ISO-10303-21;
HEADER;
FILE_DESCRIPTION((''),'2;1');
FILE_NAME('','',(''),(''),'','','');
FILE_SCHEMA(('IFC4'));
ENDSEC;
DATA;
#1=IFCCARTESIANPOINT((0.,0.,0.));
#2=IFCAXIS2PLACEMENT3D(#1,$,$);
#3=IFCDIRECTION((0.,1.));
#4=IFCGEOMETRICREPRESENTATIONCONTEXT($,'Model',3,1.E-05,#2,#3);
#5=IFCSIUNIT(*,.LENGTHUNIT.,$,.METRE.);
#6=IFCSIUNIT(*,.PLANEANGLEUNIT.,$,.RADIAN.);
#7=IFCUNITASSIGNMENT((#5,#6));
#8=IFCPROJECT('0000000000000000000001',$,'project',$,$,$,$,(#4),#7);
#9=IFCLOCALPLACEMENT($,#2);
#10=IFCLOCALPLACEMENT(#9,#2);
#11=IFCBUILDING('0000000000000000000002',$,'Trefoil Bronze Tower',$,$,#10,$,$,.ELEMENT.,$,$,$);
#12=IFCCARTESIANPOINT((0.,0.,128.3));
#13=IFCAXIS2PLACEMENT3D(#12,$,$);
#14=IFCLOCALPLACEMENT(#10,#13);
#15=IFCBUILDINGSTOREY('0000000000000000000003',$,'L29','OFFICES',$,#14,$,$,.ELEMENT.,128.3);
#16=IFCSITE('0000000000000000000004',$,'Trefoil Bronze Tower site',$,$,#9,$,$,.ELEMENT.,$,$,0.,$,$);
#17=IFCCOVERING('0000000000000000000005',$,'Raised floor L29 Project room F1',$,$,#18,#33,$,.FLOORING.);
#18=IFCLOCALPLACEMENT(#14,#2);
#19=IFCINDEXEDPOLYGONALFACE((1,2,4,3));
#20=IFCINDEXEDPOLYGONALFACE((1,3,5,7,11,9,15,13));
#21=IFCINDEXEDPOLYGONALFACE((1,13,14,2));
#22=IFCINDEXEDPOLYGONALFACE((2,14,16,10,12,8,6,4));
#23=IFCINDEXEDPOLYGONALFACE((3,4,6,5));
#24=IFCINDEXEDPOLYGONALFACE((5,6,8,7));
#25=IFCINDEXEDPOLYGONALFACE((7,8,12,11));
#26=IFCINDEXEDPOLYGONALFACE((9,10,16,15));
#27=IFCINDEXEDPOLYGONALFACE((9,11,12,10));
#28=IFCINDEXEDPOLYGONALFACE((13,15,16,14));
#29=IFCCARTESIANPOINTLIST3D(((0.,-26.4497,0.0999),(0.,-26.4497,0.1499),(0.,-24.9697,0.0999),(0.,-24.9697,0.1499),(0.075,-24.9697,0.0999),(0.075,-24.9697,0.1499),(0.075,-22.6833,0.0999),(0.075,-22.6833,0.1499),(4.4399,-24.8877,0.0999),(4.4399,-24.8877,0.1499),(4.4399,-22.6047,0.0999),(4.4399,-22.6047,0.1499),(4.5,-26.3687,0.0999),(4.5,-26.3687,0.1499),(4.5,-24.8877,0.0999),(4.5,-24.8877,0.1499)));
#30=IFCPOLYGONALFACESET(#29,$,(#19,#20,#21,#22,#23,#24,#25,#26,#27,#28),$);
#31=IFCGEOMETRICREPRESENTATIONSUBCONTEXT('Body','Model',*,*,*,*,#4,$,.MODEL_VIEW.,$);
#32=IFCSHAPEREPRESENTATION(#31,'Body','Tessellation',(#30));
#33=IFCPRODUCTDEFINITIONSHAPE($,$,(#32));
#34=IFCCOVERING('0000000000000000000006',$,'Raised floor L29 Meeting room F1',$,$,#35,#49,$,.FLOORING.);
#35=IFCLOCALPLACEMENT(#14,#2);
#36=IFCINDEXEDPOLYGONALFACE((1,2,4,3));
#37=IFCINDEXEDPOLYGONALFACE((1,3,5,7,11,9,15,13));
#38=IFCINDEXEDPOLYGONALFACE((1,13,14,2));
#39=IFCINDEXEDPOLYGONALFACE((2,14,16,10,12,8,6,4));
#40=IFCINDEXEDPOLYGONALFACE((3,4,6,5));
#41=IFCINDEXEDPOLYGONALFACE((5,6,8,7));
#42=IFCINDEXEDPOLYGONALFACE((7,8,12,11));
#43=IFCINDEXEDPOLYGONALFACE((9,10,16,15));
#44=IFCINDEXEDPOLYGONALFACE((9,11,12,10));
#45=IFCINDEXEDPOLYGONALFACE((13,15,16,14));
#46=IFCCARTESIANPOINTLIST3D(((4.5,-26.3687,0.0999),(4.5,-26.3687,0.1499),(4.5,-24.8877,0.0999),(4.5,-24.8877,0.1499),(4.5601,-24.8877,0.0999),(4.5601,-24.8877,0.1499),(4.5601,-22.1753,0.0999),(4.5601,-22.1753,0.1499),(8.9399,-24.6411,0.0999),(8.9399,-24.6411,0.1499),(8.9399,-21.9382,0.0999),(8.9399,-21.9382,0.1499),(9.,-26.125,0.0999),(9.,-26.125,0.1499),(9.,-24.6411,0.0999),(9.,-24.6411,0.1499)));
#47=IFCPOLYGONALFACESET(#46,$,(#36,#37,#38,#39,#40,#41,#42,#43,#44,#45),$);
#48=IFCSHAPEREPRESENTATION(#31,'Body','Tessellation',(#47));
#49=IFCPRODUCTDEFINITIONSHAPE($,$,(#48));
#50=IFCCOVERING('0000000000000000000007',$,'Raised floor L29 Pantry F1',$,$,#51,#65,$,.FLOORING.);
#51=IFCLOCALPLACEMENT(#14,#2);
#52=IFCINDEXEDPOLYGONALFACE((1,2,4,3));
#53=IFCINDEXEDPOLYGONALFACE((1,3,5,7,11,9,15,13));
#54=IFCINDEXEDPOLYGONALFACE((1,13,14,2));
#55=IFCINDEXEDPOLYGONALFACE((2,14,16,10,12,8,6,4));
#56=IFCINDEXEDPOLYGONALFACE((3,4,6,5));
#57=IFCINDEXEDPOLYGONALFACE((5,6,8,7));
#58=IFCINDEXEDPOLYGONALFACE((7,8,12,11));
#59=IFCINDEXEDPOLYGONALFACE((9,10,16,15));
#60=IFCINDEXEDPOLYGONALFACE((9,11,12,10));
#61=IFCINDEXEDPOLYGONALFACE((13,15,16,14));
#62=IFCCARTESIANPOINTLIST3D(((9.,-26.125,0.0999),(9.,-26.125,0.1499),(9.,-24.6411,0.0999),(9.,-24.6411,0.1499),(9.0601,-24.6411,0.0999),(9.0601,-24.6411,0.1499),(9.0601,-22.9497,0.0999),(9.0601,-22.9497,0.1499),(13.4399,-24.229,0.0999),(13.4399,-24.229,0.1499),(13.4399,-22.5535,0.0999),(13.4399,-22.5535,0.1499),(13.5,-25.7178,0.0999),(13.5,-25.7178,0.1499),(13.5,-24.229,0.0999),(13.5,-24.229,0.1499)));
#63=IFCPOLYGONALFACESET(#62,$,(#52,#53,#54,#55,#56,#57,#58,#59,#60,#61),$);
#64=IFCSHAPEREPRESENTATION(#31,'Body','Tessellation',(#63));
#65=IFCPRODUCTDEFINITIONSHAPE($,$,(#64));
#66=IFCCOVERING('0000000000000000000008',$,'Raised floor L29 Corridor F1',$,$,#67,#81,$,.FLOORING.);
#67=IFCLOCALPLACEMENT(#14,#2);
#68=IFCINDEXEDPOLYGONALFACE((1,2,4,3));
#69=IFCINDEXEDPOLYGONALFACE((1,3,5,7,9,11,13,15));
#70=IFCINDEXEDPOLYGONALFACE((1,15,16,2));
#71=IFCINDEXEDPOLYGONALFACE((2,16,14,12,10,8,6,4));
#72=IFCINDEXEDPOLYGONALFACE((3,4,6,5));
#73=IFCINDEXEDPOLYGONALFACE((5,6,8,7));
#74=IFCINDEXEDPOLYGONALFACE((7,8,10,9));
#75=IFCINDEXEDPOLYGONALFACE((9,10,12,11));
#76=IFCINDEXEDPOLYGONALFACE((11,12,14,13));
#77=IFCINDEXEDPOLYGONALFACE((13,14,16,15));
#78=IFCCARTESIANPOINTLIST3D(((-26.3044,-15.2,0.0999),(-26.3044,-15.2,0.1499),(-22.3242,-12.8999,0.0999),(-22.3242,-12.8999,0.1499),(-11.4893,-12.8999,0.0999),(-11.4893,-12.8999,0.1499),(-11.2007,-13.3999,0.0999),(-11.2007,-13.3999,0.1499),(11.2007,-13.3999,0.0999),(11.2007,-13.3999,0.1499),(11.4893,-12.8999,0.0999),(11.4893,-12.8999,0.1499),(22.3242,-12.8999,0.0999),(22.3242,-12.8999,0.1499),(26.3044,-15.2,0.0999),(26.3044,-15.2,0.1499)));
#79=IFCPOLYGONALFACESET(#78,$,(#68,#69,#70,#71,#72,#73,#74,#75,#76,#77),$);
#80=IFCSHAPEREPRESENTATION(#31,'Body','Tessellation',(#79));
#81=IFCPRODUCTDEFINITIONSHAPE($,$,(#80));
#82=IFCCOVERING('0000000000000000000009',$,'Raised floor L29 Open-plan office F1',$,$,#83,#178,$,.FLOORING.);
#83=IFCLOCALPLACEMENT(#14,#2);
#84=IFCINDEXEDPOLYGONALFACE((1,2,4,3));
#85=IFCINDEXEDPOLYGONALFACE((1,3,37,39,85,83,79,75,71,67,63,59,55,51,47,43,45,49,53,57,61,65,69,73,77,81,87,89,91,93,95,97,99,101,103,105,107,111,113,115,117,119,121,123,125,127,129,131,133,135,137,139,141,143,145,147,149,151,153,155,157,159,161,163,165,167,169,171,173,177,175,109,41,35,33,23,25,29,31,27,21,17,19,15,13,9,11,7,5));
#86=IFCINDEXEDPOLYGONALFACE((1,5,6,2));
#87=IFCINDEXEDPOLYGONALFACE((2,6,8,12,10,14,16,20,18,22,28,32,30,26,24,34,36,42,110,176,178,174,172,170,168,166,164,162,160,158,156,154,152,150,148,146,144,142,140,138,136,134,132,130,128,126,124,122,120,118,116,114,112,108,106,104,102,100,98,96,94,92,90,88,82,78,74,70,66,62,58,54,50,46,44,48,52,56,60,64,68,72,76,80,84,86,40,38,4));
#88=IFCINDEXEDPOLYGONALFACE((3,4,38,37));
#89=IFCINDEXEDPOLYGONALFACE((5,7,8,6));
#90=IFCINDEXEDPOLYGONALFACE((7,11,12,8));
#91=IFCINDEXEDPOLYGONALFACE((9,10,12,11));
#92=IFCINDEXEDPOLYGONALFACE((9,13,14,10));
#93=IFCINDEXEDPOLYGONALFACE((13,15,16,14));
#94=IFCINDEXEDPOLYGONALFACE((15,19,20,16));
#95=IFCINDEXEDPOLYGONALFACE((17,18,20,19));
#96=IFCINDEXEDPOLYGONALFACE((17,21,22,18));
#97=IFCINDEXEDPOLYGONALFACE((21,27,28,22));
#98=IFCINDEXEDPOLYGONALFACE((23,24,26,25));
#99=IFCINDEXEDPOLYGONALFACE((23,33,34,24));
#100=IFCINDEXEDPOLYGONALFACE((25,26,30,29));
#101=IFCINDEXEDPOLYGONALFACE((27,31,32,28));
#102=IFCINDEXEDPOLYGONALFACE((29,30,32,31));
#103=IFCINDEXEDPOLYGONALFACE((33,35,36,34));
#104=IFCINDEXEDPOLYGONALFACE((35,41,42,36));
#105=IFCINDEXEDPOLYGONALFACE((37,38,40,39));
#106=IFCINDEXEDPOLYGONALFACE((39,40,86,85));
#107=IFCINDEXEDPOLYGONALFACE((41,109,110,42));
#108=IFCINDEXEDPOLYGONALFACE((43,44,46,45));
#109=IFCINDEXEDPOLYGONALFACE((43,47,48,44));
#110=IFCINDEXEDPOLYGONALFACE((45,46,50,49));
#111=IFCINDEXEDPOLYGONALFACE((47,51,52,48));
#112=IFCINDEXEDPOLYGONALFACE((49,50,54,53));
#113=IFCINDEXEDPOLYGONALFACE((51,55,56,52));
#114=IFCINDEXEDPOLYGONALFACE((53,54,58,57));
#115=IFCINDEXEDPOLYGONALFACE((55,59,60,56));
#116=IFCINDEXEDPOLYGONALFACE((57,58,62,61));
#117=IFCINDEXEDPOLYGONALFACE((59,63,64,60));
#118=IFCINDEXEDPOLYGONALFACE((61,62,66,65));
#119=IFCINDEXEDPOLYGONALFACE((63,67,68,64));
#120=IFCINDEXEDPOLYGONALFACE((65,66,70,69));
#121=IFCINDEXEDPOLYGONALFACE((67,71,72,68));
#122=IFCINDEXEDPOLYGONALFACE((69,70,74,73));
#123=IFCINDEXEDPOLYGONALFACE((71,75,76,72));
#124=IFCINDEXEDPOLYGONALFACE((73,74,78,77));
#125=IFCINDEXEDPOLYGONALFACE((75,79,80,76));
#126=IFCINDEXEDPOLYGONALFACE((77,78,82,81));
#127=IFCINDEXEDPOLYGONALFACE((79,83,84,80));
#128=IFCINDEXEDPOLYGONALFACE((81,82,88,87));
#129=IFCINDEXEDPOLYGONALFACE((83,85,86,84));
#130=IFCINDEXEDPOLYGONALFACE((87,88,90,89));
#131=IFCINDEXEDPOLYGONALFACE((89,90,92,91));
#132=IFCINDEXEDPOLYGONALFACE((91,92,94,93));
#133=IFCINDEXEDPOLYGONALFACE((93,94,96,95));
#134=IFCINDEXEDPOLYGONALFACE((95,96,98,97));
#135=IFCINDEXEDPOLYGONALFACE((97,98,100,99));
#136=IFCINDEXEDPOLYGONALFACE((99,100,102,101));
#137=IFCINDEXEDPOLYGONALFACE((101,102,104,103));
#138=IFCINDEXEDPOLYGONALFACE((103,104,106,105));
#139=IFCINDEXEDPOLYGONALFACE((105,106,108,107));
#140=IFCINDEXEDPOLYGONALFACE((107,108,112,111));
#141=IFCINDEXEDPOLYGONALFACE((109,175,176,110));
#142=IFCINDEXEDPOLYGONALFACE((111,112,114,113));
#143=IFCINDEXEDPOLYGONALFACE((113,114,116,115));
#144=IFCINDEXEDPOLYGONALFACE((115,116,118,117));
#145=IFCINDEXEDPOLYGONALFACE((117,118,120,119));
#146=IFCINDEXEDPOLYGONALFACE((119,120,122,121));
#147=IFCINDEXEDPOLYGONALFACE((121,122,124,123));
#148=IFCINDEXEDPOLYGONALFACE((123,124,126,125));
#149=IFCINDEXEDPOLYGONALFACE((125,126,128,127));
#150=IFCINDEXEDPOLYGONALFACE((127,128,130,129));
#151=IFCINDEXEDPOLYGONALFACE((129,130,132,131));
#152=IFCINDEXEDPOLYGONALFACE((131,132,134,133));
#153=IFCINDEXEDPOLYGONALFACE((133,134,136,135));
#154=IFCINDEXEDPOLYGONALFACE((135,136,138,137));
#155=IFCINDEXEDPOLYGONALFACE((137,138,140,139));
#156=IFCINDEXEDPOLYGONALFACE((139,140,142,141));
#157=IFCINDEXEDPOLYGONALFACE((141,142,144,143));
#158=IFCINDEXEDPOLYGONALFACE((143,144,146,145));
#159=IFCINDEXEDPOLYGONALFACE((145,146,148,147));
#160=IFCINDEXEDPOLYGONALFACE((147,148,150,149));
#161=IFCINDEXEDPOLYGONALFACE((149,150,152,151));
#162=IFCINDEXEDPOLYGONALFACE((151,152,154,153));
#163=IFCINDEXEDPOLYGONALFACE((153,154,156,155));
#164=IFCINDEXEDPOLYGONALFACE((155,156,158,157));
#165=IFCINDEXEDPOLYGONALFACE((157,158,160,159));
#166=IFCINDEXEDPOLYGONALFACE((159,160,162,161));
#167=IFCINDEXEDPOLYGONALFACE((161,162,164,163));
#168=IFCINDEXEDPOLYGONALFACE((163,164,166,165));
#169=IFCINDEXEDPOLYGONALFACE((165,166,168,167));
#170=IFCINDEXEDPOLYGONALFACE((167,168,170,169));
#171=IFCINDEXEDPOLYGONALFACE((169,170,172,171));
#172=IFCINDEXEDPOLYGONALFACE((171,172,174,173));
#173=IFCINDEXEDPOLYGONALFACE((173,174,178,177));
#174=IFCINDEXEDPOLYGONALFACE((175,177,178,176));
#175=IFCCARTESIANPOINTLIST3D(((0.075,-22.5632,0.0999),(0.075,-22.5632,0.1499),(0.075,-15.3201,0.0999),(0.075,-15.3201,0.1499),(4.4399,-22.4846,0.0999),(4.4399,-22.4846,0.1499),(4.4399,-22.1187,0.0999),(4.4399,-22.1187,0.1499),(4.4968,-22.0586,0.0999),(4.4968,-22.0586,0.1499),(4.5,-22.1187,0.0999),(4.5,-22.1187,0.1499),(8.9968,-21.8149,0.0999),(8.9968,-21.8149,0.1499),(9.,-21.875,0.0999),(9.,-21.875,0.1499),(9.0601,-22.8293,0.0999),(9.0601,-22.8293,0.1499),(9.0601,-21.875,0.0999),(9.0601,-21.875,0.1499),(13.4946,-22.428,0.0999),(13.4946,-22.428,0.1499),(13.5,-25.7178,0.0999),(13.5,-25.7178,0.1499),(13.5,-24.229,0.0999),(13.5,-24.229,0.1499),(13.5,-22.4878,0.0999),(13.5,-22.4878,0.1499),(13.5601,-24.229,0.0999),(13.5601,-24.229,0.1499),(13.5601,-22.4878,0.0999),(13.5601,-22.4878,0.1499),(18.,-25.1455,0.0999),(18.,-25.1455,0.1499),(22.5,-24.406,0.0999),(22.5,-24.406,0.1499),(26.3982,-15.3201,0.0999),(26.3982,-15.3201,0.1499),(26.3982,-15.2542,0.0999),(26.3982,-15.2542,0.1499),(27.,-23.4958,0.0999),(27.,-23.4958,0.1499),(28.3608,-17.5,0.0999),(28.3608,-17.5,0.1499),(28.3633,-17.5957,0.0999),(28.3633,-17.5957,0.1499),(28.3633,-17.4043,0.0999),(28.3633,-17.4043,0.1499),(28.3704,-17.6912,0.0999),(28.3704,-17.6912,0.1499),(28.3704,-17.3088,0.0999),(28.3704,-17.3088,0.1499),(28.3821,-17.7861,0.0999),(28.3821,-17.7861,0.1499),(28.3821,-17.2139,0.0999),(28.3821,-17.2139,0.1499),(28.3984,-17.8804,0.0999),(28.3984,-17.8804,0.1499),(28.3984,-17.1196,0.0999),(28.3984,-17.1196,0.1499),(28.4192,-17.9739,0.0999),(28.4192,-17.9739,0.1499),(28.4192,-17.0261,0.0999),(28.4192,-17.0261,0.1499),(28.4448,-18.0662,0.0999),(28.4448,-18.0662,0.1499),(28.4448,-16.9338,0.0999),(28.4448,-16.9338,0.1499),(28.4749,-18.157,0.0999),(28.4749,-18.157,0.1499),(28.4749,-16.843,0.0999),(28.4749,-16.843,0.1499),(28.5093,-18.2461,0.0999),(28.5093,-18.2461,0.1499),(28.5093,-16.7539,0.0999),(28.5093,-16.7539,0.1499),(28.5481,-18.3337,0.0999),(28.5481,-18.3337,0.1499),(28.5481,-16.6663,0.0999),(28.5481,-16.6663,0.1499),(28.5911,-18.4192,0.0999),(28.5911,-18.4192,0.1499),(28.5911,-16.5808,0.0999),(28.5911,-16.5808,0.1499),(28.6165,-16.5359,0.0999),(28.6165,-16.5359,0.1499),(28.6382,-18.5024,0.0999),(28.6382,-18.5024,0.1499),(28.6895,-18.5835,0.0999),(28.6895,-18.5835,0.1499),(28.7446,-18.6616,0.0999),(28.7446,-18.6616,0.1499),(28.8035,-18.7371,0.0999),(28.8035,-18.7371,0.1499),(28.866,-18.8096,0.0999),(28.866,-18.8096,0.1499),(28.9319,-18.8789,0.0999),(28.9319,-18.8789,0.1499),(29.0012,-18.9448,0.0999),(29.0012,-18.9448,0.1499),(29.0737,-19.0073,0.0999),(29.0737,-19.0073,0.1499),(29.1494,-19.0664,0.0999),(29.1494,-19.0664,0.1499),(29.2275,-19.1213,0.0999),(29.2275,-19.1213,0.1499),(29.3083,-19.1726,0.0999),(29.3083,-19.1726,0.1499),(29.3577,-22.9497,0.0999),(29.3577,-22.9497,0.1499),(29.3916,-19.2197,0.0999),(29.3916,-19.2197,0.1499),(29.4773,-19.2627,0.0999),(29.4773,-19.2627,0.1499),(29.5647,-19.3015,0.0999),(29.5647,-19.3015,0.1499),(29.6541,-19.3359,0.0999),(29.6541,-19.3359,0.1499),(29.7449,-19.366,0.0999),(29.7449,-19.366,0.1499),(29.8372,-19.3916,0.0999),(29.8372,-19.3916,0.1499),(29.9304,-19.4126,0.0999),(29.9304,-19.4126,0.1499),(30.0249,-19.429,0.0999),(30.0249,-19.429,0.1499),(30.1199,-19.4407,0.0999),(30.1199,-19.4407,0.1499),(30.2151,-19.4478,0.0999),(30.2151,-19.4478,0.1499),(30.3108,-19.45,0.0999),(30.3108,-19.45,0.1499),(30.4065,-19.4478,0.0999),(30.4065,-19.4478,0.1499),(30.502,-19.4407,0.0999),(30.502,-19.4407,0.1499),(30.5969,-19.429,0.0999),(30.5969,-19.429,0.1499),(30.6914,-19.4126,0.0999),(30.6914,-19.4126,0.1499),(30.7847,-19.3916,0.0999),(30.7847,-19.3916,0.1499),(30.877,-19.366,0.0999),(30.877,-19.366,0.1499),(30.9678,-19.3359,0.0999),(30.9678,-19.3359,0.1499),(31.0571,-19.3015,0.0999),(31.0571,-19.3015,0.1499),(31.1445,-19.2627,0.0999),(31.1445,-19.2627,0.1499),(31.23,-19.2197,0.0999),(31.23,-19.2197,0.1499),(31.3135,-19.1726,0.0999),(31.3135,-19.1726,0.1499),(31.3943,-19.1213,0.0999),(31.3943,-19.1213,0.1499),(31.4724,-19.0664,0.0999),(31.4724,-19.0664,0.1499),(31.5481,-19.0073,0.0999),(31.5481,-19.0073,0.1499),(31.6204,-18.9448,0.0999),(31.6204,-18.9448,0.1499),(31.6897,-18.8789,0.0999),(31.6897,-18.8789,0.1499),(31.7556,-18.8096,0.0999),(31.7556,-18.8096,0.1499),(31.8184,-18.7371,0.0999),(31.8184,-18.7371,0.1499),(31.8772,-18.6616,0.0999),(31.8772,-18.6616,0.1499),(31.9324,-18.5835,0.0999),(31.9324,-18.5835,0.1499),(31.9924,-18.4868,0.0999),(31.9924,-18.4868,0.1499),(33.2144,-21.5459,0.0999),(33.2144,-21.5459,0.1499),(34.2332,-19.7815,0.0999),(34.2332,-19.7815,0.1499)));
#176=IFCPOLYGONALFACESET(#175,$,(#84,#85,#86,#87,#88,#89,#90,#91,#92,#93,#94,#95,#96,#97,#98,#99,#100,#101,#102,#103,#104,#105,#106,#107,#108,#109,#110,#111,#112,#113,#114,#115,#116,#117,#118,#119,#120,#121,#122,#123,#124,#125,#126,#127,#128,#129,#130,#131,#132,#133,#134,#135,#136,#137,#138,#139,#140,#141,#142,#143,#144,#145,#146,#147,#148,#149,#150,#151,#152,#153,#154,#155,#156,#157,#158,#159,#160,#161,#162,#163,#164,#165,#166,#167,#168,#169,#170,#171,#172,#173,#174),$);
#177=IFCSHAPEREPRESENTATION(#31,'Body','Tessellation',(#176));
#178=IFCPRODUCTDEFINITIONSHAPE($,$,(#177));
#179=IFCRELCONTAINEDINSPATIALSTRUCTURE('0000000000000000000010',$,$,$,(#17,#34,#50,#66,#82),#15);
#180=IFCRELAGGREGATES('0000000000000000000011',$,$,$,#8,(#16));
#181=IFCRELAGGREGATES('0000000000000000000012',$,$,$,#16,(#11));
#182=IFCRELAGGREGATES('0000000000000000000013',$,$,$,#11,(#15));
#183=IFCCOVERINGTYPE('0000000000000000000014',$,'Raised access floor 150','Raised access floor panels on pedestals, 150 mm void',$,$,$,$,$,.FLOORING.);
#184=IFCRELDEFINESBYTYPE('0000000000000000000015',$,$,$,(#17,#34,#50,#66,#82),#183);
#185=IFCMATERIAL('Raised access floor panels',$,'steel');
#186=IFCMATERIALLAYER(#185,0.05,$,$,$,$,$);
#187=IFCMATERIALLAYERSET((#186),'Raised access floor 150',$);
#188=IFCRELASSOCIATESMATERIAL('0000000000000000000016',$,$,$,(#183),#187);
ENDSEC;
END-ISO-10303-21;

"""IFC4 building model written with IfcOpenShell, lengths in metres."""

from ifc_helpers import new_model, si_unit, direction, frame, origin, place, context, subcontext, project, spatial, polyline, outline, extrude, material, layer, layer_set, type_object, element, save


model = new_model("IFC4")

# Units and contexts
model_context = context("Model", 3, precision=1e-05, world=origin(), true_north=direction((0.0, 1.0)))
body_context = subcontext(model_context, "Body", "Model", "MODEL_VIEW")
ifc_project = project(units=[si_unit("LENGTHUNIT", "METRE"), si_unit("PLANEANGLEUNIT", "RADIAN")], contexts=[model_context])

# Site, building, storey
site_placement = place(None, origin())
site = spatial("IfcSite", under=ifc_project, at=site_placement, Name="Trefoil Bronze Tower site", CompositionType="ELEMENT", RefElevation=0.0)
building_placement = place(site_placement, origin())
building = spatial("IfcBuilding", under=site, at=building_placement, Name="Trefoil Bronze Tower", CompositionType="ELEMENT")
storey_placement = place(building_placement, frame((0.0, 0.0, 128.3)))
storey = spatial("IfcBuildingStorey", under=building, at=storey_placement, Name="L29", Description="OFFICES", CompositionType="ELEMENT", Elevation=128.3)

# Coverings
ifc_material_1 = material(Name="Raised access floor panels", Category="steel")
ifc_layer_1 = layer(ifc_material_1, 0.05)
ifc_layer_set_1 = layer_set([ifc_layer_1], Name="Raised access floor 150")
covering_type_1 = type_object("IfcCoveringType", Name="Raised access floor 150", Description="Raised access floor panels on pedestals, 150 mm void", PredefinedType="FLOORING", material=ifc_layer_set_1)
covering_1_placement = place(storey_placement, frame((0.0, 0.0, 0.0999)))
element("IfcCovering", 1, at=covering_1_placement, inside=storey, type_object=covering_type_1, Name="Raised floor L29 Project room F1", PredefinedType="FLOORING", context=body_context, shape_type="SweptSolid", body=[
    extrude(outline(polyline([(4.5, -26.3687), (0.0, -26.4497), (0.0, -24.9697), (0.075, -24.9697), (0.075, -22.6833), (4.4399, -22.6047), (4.4399, -24.8877), (4.5, -24.8877), (4.5, -26.3687)])), origin(), (0.0, 0.0, 1.0), 0.05),
])
covering_2_placement = place(storey_placement, frame((0.0, 0.0, 0.0999)))
element("IfcCovering", 2, at=covering_2_placement, inside=storey, type_object=covering_type_1, Name="Raised floor L29 Meeting room F1", PredefinedType="FLOORING", context=body_context, shape_type="SweptSolid", body=[
    extrude(outline(polyline([(9.0, -26.125), (4.5, -26.3687), (4.5, -24.8877), (4.5601, -24.8877), (4.5601, -22.1753), (8.9399, -21.9382), (8.9399, -24.6411), (9.0, -24.6411), (9.0, -26.125)])), origin(), (0.0, 0.0, 1.0), 0.05),
])
covering_3_placement = place(storey_placement, frame((0.0, 0.0, 0.0999)))
element("IfcCovering", 3, at=covering_3_placement, inside=storey, type_object=covering_type_1, Name="Raised floor L29 Pantry F1", PredefinedType="FLOORING", context=body_context, shape_type="SweptSolid", body=[
    extrude(outline(polyline([(13.5, -25.7178), (9.0, -26.125), (9.0, -24.6411), (9.0601, -24.6411), (9.0601, -22.9497), (13.4399, -22.5535), (13.4399, -24.229), (13.5, -24.229), (13.5, -25.7178)])), origin(), (0.0, 0.0, 1.0), 0.05),
])
covering_4_placement = place(storey_placement, frame((0.0, 0.0, 0.0999)))
element("IfcCovering", 4, at=covering_4_placement, inside=storey, type_object=covering_type_1, Name="Raised floor L29 Corridor F1", PredefinedType="FLOORING", context=body_context, shape_type="SweptSolid", body=[
    extrude(outline(polyline([(-26.3044, -15.2), (-22.3242, -12.8999), (-11.4893, -12.8999), (-11.2007, -13.3999), (11.2007, -13.3999), (11.4893, -12.8999), (22.3242, -12.8999), (26.3044, -15.2), (-26.3044, -15.2)])), origin(), (0.0, 0.0, 1.0), 0.05),
])
covering_5_placement = place(storey_placement, frame((0.0, 0.0, 0.0999)))
element("IfcCovering", 5, at=covering_5_placement, inside=storey, type_object=covering_type_1, Name="Raised floor L29 Open-plan office F1", PredefinedType="FLOORING", context=body_context, shape_type="SweptSolid", body=[
    extrude(outline(polyline([(13.5, -24.229), (13.5601, -24.229), (13.5601, -22.4878), (13.5, -22.4878), (13.4946, -22.428), (9.0601, -22.8293), (9.0601, -21.875), (9.0, -21.875), (8.9968, -21.8149), (4.4968, -22.0586), (4.5, -22.1187), (4.4399, -22.1187), (4.4399, -22.4846), (0.075, -22.5632), (0.075, -15.3201), (26.3982, -15.3201), (26.3982, -15.2542), (28.6165, -16.5359), (28.5911, -16.5808), (28.5481, -16.6663), (28.5093, -16.7539), (28.4749, -16.843), (28.4448, -16.9338), (28.4192, -17.0261), (28.3984, -17.1196), (28.3821, -17.2139), (28.3704, -17.3088), (28.3633, -17.4043), (28.3608, -17.5), (28.3633, -17.5957), (28.3704, -17.6912), (28.3821, -17.7861), (28.3984, -17.8804), (28.4192, -17.9739), (28.4448, -18.0662), (28.4749, -18.157), (28.5093, -18.2461), (28.5481, -18.3337), (28.5911, -18.4192), (28.6382, -18.5024), (28.6895, -18.5835), (28.7446, -18.6616), (28.8035, -18.7371), (28.866, -18.8096), (28.9319, -18.8789), (29.0012, -18.9448), (29.0737, -19.0073), (29.1494, -19.0664), (29.2275, -19.1213), (29.3083, -19.1726), (29.3916, -19.2197), (29.4773, -19.2627), (29.5647, -19.3015), (29.6541, -19.3359), (29.7449, -19.366), (29.8372, -19.3916), (29.9304, -19.4126), (30.0249, -19.429), (30.1199, -19.4407), (30.2151, -19.4478), (30.3108, -19.45), (30.4065, -19.4478), (30.502, -19.4407), (30.5969, -19.429), (30.6914, -19.4126), (30.7847, -19.3916), (30.877, -19.366), (30.9678, -19.3359), (31.0571, -19.3015), (31.1445, -19.2627), (31.23, -19.2197), (31.3135, -19.1726), (31.3943, -19.1213), (31.4724, -19.0664), (31.5481, -19.0073), (31.6204, -18.9448), (31.6897, -18.8789), (31.7556, -18.8096), (31.8184, -18.7371), (31.8772, -18.6616), (31.9324, -18.5835), (31.9924, -18.4868), (34.2332, -19.7815), (33.2144, -21.5459), (29.3577, -22.9497), (27.0, -23.4958), (22.5, -24.406), (18.0, -25.1455), (13.5, -25.7178), (13.5, -24.229)])), origin(), (0.0, 0.0, 1.0), 0.05),
])

save(model, "model.ifc")
